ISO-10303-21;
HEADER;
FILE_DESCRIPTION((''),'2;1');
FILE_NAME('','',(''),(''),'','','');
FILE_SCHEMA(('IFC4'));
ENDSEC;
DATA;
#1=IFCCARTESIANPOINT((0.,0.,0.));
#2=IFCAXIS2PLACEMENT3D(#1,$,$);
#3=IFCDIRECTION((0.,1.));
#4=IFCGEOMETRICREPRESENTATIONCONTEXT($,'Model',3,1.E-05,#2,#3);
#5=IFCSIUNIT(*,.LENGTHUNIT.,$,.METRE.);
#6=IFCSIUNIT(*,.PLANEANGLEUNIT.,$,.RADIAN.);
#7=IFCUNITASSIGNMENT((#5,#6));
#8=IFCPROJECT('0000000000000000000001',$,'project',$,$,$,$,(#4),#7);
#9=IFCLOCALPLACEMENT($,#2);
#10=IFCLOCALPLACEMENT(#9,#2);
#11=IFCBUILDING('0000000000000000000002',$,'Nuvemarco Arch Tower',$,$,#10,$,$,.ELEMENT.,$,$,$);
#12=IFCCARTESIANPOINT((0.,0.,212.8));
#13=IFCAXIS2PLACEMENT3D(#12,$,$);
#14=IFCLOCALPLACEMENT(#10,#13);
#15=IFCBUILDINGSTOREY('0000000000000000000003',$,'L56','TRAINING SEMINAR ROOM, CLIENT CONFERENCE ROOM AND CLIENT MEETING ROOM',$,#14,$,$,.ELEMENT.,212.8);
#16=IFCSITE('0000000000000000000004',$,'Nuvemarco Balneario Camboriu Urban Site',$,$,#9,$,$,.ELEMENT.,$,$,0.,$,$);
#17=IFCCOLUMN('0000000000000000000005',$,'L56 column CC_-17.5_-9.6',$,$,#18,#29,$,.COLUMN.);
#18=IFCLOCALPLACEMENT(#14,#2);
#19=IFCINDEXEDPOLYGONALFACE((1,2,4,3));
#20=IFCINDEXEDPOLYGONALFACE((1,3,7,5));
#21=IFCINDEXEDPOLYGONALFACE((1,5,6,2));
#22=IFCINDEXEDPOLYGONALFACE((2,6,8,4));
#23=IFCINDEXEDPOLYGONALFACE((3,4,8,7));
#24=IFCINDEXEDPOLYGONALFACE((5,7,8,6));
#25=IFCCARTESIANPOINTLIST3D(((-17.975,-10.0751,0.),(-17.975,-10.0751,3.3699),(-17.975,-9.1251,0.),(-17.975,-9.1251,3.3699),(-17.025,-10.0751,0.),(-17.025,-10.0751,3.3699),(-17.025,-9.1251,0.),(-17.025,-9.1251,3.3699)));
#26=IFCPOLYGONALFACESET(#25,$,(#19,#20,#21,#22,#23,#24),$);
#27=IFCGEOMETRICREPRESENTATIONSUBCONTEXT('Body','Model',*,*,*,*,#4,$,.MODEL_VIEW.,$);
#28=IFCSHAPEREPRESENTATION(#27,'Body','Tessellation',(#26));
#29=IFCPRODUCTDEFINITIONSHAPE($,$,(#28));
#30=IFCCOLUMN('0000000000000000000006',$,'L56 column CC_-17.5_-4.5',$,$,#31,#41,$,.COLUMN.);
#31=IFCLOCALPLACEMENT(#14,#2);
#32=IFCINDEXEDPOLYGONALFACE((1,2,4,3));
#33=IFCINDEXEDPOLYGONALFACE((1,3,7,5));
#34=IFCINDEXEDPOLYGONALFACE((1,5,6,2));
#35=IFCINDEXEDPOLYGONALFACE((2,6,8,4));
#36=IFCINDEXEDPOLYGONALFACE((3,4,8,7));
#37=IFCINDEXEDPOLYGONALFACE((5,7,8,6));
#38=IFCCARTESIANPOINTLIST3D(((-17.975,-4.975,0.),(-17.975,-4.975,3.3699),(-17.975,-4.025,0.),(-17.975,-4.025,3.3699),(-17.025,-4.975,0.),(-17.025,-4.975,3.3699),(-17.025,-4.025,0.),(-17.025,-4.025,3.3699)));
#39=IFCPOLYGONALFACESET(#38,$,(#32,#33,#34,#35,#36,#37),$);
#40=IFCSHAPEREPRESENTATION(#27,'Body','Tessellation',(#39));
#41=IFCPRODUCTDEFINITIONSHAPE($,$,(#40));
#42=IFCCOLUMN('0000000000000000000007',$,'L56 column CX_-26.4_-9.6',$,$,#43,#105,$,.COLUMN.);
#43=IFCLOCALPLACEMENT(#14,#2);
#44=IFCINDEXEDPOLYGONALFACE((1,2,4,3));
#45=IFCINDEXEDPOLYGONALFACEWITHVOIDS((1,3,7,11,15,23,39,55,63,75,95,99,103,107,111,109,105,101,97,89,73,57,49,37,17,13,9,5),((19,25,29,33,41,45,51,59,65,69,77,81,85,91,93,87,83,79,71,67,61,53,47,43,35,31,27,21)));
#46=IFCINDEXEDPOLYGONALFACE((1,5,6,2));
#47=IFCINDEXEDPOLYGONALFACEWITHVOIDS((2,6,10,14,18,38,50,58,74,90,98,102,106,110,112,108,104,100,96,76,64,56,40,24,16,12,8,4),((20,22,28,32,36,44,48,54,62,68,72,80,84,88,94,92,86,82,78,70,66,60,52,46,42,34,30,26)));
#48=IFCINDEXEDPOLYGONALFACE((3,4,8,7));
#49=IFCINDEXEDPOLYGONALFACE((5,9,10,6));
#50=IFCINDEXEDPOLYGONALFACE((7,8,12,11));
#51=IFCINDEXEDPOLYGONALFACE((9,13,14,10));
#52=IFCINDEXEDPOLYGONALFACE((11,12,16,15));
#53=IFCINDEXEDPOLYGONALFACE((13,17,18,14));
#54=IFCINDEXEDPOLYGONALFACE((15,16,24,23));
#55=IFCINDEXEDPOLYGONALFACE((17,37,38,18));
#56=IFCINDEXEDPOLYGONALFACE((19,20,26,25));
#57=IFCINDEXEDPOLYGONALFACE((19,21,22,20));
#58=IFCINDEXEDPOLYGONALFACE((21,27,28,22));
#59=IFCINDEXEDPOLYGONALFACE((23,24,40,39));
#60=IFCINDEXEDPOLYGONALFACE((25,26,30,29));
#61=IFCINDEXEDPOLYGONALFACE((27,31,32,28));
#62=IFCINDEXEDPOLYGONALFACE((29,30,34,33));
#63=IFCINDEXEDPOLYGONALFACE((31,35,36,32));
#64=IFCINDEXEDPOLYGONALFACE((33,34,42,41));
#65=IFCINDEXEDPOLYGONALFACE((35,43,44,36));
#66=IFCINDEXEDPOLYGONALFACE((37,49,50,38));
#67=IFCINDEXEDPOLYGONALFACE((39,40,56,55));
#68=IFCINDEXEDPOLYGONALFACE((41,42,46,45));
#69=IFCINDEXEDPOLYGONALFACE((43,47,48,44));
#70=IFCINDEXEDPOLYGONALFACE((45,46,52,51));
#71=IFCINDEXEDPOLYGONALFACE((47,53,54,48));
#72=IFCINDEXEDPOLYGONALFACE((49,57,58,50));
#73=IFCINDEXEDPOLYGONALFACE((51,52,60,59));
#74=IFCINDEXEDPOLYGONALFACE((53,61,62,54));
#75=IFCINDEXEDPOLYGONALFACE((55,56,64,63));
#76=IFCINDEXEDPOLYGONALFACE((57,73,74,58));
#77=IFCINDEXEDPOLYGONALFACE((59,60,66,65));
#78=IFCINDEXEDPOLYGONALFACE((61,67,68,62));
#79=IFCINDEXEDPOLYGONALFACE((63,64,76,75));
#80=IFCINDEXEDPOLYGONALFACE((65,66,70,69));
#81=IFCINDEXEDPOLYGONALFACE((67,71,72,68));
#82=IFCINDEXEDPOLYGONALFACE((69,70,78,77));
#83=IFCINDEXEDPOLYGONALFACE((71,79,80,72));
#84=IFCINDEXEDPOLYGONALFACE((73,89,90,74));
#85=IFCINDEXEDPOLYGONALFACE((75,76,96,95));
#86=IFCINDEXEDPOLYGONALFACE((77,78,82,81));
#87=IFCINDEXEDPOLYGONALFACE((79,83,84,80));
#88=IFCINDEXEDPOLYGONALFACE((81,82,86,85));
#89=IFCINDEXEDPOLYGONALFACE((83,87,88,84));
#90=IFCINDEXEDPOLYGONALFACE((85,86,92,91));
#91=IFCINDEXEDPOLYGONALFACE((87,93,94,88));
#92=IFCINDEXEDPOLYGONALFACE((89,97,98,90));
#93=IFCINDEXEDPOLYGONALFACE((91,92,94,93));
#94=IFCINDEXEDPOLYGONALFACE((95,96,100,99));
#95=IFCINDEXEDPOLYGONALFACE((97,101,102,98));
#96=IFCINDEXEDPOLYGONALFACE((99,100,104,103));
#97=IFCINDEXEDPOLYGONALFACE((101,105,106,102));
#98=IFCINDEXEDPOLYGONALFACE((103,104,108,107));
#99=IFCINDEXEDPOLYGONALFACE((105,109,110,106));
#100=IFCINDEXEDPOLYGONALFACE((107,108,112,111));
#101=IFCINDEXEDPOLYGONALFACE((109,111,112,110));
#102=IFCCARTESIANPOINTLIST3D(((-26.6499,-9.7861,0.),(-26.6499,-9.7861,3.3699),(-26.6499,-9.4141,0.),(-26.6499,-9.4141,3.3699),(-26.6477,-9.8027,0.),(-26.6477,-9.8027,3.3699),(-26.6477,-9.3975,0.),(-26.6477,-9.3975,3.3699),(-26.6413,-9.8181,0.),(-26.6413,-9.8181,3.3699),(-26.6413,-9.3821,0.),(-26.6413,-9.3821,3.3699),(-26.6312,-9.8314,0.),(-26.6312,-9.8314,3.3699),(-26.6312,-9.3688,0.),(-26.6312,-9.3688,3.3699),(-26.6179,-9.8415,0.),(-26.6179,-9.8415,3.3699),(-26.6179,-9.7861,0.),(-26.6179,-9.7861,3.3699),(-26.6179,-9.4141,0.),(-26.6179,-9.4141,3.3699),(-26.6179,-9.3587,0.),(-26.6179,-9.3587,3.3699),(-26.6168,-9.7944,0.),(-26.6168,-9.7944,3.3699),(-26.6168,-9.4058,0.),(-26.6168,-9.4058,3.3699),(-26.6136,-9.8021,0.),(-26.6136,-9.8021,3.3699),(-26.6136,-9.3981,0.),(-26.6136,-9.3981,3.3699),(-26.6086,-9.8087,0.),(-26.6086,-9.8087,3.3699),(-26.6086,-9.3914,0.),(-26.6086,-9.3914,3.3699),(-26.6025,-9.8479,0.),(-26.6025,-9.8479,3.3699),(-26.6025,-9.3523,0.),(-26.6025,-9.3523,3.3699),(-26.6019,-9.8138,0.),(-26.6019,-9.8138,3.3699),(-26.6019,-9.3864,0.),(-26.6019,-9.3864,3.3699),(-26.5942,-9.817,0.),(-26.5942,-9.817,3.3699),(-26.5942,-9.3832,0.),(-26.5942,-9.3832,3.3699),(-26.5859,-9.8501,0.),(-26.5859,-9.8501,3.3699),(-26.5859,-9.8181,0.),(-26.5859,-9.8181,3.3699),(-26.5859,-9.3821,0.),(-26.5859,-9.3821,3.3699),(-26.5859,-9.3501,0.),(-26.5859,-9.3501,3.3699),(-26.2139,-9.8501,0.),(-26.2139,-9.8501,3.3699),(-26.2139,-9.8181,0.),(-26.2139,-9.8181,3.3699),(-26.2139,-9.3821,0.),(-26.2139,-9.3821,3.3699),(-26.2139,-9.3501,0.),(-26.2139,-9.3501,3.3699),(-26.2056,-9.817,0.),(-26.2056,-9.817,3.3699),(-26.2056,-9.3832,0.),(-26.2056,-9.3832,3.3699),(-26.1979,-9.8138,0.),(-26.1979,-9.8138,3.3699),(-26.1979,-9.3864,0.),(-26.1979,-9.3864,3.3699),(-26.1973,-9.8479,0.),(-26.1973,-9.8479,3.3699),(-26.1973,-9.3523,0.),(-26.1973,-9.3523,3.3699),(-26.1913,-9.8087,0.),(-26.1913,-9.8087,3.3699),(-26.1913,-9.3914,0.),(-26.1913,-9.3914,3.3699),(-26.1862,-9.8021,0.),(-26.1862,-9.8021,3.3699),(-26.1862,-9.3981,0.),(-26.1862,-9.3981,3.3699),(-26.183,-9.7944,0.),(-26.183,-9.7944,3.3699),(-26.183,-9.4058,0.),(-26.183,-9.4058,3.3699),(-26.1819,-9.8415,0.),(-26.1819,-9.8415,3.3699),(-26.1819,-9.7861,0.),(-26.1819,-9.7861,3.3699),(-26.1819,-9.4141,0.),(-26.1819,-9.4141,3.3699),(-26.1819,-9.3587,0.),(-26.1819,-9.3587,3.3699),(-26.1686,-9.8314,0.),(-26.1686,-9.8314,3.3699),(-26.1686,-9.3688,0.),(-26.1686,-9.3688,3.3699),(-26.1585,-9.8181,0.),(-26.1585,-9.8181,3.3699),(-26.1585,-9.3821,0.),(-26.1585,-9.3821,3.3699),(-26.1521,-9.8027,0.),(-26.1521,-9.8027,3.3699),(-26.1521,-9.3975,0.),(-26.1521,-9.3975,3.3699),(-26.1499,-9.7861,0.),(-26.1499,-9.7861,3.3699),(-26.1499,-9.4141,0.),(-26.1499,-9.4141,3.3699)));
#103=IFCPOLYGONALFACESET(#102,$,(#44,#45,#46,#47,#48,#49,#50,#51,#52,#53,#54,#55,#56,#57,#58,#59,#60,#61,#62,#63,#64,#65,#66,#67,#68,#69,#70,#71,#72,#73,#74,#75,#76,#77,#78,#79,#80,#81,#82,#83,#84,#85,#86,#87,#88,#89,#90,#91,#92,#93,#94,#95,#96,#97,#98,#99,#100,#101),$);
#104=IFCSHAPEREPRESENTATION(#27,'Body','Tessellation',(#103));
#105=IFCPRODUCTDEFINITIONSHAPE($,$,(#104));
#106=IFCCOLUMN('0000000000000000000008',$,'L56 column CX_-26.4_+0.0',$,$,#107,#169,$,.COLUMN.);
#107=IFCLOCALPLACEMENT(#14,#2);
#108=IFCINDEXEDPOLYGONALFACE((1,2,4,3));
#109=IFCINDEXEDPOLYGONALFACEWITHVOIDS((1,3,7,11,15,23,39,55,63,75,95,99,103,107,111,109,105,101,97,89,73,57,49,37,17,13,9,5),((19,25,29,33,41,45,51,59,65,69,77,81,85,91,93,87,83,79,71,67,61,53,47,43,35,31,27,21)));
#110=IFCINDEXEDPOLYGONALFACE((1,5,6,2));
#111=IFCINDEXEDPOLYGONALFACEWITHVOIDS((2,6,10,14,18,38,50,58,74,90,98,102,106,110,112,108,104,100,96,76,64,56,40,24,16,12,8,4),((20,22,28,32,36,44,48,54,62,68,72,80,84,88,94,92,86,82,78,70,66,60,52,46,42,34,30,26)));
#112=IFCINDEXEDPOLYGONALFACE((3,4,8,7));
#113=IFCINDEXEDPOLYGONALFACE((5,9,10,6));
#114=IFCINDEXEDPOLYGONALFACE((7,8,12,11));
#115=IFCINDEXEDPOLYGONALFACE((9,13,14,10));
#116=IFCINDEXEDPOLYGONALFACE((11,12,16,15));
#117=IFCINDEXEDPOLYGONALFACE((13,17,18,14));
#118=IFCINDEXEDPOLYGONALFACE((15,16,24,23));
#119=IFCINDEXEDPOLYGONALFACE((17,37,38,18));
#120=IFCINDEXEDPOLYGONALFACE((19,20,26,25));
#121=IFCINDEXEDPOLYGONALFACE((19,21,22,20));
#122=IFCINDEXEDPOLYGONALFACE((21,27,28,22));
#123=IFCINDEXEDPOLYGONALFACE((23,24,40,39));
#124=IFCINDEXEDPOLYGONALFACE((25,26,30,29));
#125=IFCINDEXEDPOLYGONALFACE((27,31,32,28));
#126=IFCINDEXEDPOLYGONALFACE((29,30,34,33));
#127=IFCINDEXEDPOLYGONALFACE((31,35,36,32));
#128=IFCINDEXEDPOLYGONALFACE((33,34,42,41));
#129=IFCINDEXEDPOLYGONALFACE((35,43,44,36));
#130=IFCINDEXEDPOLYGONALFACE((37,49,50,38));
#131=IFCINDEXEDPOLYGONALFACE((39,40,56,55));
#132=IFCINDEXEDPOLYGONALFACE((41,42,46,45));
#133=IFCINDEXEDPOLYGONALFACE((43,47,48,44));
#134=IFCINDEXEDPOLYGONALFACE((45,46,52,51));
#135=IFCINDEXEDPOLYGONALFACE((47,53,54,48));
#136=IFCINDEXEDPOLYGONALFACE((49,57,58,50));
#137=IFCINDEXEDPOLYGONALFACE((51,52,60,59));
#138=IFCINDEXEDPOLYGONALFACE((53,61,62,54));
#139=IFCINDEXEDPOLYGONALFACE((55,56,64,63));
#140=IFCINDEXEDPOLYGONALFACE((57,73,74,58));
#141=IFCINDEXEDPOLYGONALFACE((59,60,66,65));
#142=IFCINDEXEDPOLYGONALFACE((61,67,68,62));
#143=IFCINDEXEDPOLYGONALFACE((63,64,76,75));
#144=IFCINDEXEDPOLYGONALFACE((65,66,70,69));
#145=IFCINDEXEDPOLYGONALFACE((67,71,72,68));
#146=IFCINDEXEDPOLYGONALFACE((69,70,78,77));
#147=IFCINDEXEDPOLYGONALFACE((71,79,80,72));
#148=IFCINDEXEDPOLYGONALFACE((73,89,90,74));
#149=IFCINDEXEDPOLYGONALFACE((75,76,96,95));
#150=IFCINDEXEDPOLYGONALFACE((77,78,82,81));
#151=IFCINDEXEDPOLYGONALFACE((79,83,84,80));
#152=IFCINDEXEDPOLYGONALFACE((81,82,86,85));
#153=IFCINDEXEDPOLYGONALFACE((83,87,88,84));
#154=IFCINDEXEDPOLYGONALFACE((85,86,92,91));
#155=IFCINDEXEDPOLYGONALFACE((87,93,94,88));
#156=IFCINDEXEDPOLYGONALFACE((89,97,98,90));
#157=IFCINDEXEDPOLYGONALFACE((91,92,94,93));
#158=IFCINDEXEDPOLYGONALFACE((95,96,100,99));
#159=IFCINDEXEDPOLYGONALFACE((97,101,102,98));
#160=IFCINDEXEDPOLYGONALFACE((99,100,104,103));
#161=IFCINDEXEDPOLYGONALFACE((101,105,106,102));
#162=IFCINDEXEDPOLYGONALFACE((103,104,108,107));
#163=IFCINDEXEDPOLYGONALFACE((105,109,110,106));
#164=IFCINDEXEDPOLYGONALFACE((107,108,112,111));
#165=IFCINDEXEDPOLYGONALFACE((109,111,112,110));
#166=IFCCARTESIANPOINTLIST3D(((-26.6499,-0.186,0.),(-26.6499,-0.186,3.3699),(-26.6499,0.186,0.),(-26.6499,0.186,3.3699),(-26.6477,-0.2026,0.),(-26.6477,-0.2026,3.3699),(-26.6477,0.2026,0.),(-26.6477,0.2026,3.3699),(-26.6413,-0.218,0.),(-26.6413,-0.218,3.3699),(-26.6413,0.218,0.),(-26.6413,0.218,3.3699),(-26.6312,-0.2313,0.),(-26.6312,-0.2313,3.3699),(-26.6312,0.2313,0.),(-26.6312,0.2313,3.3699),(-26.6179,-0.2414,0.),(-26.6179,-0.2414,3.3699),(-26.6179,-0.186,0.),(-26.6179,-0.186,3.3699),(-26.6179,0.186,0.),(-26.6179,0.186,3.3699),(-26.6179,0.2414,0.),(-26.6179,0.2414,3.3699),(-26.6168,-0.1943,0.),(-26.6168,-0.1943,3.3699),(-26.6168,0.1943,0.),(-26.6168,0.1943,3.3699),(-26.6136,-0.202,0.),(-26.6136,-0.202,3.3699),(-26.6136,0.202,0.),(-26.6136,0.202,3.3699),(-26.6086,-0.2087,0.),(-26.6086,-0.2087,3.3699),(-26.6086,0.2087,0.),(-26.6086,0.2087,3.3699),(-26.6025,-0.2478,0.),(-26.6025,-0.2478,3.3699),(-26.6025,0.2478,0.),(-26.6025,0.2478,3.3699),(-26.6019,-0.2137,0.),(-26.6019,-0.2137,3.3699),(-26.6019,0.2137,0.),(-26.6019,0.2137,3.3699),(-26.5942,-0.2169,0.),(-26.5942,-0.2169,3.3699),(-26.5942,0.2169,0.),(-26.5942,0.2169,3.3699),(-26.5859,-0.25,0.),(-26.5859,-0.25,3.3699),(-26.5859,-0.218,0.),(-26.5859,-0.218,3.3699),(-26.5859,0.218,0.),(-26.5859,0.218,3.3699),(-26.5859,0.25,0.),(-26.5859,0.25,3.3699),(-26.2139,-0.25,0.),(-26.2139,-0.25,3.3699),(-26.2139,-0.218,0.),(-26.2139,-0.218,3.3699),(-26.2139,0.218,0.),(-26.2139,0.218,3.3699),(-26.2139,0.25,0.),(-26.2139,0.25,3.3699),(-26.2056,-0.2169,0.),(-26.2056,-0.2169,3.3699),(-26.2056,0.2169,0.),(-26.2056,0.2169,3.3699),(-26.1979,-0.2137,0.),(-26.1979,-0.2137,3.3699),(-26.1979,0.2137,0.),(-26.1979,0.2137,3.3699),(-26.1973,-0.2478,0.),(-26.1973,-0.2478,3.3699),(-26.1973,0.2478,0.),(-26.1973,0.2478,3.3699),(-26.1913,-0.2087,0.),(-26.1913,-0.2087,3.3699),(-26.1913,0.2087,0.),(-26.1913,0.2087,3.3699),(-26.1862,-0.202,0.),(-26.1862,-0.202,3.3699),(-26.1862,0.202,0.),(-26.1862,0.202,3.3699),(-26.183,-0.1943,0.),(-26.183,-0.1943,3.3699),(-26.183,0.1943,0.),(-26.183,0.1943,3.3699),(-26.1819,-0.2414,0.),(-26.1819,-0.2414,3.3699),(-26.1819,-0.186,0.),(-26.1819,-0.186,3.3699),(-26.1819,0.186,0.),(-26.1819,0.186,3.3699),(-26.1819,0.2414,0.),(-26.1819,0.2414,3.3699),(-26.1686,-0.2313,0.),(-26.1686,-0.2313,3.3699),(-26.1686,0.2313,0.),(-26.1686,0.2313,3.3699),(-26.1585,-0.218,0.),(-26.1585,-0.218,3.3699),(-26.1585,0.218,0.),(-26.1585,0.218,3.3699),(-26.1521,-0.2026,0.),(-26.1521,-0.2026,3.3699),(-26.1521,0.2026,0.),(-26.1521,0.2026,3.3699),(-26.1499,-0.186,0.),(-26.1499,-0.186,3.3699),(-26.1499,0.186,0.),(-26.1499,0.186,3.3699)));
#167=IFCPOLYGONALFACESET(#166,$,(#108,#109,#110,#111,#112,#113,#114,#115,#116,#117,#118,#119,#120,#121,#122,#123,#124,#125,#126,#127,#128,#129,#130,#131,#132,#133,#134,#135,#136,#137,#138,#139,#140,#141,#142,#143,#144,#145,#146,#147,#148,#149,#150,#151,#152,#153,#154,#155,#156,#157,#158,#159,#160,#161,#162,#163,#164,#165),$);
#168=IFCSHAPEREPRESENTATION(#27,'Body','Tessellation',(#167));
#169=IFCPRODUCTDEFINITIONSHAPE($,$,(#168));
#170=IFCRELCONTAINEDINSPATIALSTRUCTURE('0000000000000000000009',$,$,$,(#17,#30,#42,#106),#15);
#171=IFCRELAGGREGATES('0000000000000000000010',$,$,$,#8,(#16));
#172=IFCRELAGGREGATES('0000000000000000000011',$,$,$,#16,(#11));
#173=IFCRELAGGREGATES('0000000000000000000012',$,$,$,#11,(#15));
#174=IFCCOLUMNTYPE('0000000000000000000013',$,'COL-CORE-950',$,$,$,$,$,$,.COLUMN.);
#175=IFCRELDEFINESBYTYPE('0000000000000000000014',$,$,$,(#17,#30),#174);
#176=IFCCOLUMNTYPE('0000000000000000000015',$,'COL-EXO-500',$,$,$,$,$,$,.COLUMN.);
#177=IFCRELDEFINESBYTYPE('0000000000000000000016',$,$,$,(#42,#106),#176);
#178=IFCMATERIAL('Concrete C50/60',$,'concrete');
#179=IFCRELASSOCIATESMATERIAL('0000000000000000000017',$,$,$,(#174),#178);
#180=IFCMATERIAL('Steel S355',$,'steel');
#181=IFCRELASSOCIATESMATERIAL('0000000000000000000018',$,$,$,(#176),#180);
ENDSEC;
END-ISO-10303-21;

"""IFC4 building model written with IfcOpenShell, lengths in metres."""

from ifc_helpers import new_model, si_unit, direction, frame, origin, origin_2d, place, context, subcontext, project, spatial, rectangle, hollow_rectangle, extrude, material, material_profile, profile_set, type_object, element, save


model = new_model("IFC4")

# Units and contexts
model_context = context("Model", 3, precision=1e-05, world=origin(), true_north=direction((0.0, 1.0)))
body_context = subcontext(model_context, "Body", "Model", "MODEL_VIEW")
ifc_project = project(units=[si_unit("LENGTHUNIT", "METRE"), si_unit("PLANEANGLEUNIT", "RADIAN")], contexts=[model_context])

# Site, building, storey
site_placement = place(None, origin())
site = spatial("IfcSite", under=ifc_project, at=site_placement, Name="Nuvemarco Balneario Camboriu Urban Site", CompositionType="ELEMENT", RefElevation=0.0)
building_placement = place(site_placement, origin())
building = spatial("IfcBuilding", under=site, at=building_placement, Name="Nuvemarco Arch Tower", CompositionType="ELEMENT")
storey_placement = place(building_placement, frame((0.0, 0.0, 212.8)))
storey = spatial("IfcBuildingStorey", under=building, at=storey_placement, Name="L56", Description="TRAINING SEMINAR ROOM, CLIENT CONFERENCE ROOM AND CLIENT MEETING ROOM", CompositionType="ELEMENT", Elevation=212.8)

# Columns
ifc_material_1 = material(Name="Concrete C50/60", Category="concrete")
ifc_material_profile_1 = material_profile(ifc_material_1, rectangle(XDim=0.95, YDim=0.95, at=origin_2d()), Name="RC-COL-950x950")
ifc_profile_set_1 = profile_set([ifc_material_profile_1], Name="Concrete C50/60")
column_type_1 = type_object("IfcColumnType", Name="COL-CORE-950", PredefinedType="COLUMN", material=ifc_profile_set_1)
for number, where, z_axis, x_axis, name in (
    (1, (-17.5, -9.6001, 0.0), (0.0, 0.0, 1.0), (1.0, 0.0, 0.0), "L56 column CC_-17.5_-9.6"),
    (2, (-17.5, -4.5, 0.0), (0.0, 0.0, 1.0), (1.0, 0.0, 0.0), "L56 column CC_-17.5_-4.5"),
):
    element("IfcColumn", number, at=place(storey_placement, frame(where, z_axis=z_axis, x_axis=x_axis)), inside=storey, type_object=column_type_1, Name=name, PredefinedType="COLUMN", context=body_context, shape_type="SweptSolid", body=[
        extrude(rectangle(XDim=0.95, YDim=0.95, at=origin_2d()), origin(), (0.0, 0.0, 1.0), 3.3699),
    ])
ifc_material_2 = material(Name="Steel S355", Category="steel")
ifc_material_profile_2 = material_profile(ifc_material_2, hollow_rectangle(XDim=0.5, YDim=0.5, WallThickness=0.032, InnerFilletRadius=0.032, OuterFilletRadius=0.064, at=origin_2d()), Name="SHS500x500x32")
ifc_profile_set_2 = profile_set([ifc_material_profile_2], Name="Steel S355")
column_type_2 = type_object("IfcColumnType", Name="COL-EXO-500", PredefinedType="COLUMN", material=ifc_profile_set_2)
for number, where, z_axis, x_axis, name in (
    (3, (-26.3999, -9.6001, 0.0), (0.0, 0.0, 1.0), (1.0, 0.0, 0.0), "L56 column CX_-26.4_-9.6"),
    (4, (-26.3999, 0.0, 0.0), (0.0, 0.0, 1.0), (1.0, 0.0, 0.0), "L56 column CX_-26.4_+0.0"),
):
    element("IfcColumn", number, at=place(storey_placement, frame(where, z_axis=z_axis, x_axis=x_axis)), inside=storey, type_object=column_type_2, Name=name, PredefinedType="COLUMN", context=body_context, shape_type="SweptSolid", body=[
        extrude(hollow_rectangle(XDim=0.5, YDim=0.5, WallThickness=0.032, InnerFilletRadius=0.032, OuterFilletRadius=0.064, at=origin_2d()), origin(), (0.0, 0.0, 1.0), 3.3699),
    ])

save(model, "model.ifc")
